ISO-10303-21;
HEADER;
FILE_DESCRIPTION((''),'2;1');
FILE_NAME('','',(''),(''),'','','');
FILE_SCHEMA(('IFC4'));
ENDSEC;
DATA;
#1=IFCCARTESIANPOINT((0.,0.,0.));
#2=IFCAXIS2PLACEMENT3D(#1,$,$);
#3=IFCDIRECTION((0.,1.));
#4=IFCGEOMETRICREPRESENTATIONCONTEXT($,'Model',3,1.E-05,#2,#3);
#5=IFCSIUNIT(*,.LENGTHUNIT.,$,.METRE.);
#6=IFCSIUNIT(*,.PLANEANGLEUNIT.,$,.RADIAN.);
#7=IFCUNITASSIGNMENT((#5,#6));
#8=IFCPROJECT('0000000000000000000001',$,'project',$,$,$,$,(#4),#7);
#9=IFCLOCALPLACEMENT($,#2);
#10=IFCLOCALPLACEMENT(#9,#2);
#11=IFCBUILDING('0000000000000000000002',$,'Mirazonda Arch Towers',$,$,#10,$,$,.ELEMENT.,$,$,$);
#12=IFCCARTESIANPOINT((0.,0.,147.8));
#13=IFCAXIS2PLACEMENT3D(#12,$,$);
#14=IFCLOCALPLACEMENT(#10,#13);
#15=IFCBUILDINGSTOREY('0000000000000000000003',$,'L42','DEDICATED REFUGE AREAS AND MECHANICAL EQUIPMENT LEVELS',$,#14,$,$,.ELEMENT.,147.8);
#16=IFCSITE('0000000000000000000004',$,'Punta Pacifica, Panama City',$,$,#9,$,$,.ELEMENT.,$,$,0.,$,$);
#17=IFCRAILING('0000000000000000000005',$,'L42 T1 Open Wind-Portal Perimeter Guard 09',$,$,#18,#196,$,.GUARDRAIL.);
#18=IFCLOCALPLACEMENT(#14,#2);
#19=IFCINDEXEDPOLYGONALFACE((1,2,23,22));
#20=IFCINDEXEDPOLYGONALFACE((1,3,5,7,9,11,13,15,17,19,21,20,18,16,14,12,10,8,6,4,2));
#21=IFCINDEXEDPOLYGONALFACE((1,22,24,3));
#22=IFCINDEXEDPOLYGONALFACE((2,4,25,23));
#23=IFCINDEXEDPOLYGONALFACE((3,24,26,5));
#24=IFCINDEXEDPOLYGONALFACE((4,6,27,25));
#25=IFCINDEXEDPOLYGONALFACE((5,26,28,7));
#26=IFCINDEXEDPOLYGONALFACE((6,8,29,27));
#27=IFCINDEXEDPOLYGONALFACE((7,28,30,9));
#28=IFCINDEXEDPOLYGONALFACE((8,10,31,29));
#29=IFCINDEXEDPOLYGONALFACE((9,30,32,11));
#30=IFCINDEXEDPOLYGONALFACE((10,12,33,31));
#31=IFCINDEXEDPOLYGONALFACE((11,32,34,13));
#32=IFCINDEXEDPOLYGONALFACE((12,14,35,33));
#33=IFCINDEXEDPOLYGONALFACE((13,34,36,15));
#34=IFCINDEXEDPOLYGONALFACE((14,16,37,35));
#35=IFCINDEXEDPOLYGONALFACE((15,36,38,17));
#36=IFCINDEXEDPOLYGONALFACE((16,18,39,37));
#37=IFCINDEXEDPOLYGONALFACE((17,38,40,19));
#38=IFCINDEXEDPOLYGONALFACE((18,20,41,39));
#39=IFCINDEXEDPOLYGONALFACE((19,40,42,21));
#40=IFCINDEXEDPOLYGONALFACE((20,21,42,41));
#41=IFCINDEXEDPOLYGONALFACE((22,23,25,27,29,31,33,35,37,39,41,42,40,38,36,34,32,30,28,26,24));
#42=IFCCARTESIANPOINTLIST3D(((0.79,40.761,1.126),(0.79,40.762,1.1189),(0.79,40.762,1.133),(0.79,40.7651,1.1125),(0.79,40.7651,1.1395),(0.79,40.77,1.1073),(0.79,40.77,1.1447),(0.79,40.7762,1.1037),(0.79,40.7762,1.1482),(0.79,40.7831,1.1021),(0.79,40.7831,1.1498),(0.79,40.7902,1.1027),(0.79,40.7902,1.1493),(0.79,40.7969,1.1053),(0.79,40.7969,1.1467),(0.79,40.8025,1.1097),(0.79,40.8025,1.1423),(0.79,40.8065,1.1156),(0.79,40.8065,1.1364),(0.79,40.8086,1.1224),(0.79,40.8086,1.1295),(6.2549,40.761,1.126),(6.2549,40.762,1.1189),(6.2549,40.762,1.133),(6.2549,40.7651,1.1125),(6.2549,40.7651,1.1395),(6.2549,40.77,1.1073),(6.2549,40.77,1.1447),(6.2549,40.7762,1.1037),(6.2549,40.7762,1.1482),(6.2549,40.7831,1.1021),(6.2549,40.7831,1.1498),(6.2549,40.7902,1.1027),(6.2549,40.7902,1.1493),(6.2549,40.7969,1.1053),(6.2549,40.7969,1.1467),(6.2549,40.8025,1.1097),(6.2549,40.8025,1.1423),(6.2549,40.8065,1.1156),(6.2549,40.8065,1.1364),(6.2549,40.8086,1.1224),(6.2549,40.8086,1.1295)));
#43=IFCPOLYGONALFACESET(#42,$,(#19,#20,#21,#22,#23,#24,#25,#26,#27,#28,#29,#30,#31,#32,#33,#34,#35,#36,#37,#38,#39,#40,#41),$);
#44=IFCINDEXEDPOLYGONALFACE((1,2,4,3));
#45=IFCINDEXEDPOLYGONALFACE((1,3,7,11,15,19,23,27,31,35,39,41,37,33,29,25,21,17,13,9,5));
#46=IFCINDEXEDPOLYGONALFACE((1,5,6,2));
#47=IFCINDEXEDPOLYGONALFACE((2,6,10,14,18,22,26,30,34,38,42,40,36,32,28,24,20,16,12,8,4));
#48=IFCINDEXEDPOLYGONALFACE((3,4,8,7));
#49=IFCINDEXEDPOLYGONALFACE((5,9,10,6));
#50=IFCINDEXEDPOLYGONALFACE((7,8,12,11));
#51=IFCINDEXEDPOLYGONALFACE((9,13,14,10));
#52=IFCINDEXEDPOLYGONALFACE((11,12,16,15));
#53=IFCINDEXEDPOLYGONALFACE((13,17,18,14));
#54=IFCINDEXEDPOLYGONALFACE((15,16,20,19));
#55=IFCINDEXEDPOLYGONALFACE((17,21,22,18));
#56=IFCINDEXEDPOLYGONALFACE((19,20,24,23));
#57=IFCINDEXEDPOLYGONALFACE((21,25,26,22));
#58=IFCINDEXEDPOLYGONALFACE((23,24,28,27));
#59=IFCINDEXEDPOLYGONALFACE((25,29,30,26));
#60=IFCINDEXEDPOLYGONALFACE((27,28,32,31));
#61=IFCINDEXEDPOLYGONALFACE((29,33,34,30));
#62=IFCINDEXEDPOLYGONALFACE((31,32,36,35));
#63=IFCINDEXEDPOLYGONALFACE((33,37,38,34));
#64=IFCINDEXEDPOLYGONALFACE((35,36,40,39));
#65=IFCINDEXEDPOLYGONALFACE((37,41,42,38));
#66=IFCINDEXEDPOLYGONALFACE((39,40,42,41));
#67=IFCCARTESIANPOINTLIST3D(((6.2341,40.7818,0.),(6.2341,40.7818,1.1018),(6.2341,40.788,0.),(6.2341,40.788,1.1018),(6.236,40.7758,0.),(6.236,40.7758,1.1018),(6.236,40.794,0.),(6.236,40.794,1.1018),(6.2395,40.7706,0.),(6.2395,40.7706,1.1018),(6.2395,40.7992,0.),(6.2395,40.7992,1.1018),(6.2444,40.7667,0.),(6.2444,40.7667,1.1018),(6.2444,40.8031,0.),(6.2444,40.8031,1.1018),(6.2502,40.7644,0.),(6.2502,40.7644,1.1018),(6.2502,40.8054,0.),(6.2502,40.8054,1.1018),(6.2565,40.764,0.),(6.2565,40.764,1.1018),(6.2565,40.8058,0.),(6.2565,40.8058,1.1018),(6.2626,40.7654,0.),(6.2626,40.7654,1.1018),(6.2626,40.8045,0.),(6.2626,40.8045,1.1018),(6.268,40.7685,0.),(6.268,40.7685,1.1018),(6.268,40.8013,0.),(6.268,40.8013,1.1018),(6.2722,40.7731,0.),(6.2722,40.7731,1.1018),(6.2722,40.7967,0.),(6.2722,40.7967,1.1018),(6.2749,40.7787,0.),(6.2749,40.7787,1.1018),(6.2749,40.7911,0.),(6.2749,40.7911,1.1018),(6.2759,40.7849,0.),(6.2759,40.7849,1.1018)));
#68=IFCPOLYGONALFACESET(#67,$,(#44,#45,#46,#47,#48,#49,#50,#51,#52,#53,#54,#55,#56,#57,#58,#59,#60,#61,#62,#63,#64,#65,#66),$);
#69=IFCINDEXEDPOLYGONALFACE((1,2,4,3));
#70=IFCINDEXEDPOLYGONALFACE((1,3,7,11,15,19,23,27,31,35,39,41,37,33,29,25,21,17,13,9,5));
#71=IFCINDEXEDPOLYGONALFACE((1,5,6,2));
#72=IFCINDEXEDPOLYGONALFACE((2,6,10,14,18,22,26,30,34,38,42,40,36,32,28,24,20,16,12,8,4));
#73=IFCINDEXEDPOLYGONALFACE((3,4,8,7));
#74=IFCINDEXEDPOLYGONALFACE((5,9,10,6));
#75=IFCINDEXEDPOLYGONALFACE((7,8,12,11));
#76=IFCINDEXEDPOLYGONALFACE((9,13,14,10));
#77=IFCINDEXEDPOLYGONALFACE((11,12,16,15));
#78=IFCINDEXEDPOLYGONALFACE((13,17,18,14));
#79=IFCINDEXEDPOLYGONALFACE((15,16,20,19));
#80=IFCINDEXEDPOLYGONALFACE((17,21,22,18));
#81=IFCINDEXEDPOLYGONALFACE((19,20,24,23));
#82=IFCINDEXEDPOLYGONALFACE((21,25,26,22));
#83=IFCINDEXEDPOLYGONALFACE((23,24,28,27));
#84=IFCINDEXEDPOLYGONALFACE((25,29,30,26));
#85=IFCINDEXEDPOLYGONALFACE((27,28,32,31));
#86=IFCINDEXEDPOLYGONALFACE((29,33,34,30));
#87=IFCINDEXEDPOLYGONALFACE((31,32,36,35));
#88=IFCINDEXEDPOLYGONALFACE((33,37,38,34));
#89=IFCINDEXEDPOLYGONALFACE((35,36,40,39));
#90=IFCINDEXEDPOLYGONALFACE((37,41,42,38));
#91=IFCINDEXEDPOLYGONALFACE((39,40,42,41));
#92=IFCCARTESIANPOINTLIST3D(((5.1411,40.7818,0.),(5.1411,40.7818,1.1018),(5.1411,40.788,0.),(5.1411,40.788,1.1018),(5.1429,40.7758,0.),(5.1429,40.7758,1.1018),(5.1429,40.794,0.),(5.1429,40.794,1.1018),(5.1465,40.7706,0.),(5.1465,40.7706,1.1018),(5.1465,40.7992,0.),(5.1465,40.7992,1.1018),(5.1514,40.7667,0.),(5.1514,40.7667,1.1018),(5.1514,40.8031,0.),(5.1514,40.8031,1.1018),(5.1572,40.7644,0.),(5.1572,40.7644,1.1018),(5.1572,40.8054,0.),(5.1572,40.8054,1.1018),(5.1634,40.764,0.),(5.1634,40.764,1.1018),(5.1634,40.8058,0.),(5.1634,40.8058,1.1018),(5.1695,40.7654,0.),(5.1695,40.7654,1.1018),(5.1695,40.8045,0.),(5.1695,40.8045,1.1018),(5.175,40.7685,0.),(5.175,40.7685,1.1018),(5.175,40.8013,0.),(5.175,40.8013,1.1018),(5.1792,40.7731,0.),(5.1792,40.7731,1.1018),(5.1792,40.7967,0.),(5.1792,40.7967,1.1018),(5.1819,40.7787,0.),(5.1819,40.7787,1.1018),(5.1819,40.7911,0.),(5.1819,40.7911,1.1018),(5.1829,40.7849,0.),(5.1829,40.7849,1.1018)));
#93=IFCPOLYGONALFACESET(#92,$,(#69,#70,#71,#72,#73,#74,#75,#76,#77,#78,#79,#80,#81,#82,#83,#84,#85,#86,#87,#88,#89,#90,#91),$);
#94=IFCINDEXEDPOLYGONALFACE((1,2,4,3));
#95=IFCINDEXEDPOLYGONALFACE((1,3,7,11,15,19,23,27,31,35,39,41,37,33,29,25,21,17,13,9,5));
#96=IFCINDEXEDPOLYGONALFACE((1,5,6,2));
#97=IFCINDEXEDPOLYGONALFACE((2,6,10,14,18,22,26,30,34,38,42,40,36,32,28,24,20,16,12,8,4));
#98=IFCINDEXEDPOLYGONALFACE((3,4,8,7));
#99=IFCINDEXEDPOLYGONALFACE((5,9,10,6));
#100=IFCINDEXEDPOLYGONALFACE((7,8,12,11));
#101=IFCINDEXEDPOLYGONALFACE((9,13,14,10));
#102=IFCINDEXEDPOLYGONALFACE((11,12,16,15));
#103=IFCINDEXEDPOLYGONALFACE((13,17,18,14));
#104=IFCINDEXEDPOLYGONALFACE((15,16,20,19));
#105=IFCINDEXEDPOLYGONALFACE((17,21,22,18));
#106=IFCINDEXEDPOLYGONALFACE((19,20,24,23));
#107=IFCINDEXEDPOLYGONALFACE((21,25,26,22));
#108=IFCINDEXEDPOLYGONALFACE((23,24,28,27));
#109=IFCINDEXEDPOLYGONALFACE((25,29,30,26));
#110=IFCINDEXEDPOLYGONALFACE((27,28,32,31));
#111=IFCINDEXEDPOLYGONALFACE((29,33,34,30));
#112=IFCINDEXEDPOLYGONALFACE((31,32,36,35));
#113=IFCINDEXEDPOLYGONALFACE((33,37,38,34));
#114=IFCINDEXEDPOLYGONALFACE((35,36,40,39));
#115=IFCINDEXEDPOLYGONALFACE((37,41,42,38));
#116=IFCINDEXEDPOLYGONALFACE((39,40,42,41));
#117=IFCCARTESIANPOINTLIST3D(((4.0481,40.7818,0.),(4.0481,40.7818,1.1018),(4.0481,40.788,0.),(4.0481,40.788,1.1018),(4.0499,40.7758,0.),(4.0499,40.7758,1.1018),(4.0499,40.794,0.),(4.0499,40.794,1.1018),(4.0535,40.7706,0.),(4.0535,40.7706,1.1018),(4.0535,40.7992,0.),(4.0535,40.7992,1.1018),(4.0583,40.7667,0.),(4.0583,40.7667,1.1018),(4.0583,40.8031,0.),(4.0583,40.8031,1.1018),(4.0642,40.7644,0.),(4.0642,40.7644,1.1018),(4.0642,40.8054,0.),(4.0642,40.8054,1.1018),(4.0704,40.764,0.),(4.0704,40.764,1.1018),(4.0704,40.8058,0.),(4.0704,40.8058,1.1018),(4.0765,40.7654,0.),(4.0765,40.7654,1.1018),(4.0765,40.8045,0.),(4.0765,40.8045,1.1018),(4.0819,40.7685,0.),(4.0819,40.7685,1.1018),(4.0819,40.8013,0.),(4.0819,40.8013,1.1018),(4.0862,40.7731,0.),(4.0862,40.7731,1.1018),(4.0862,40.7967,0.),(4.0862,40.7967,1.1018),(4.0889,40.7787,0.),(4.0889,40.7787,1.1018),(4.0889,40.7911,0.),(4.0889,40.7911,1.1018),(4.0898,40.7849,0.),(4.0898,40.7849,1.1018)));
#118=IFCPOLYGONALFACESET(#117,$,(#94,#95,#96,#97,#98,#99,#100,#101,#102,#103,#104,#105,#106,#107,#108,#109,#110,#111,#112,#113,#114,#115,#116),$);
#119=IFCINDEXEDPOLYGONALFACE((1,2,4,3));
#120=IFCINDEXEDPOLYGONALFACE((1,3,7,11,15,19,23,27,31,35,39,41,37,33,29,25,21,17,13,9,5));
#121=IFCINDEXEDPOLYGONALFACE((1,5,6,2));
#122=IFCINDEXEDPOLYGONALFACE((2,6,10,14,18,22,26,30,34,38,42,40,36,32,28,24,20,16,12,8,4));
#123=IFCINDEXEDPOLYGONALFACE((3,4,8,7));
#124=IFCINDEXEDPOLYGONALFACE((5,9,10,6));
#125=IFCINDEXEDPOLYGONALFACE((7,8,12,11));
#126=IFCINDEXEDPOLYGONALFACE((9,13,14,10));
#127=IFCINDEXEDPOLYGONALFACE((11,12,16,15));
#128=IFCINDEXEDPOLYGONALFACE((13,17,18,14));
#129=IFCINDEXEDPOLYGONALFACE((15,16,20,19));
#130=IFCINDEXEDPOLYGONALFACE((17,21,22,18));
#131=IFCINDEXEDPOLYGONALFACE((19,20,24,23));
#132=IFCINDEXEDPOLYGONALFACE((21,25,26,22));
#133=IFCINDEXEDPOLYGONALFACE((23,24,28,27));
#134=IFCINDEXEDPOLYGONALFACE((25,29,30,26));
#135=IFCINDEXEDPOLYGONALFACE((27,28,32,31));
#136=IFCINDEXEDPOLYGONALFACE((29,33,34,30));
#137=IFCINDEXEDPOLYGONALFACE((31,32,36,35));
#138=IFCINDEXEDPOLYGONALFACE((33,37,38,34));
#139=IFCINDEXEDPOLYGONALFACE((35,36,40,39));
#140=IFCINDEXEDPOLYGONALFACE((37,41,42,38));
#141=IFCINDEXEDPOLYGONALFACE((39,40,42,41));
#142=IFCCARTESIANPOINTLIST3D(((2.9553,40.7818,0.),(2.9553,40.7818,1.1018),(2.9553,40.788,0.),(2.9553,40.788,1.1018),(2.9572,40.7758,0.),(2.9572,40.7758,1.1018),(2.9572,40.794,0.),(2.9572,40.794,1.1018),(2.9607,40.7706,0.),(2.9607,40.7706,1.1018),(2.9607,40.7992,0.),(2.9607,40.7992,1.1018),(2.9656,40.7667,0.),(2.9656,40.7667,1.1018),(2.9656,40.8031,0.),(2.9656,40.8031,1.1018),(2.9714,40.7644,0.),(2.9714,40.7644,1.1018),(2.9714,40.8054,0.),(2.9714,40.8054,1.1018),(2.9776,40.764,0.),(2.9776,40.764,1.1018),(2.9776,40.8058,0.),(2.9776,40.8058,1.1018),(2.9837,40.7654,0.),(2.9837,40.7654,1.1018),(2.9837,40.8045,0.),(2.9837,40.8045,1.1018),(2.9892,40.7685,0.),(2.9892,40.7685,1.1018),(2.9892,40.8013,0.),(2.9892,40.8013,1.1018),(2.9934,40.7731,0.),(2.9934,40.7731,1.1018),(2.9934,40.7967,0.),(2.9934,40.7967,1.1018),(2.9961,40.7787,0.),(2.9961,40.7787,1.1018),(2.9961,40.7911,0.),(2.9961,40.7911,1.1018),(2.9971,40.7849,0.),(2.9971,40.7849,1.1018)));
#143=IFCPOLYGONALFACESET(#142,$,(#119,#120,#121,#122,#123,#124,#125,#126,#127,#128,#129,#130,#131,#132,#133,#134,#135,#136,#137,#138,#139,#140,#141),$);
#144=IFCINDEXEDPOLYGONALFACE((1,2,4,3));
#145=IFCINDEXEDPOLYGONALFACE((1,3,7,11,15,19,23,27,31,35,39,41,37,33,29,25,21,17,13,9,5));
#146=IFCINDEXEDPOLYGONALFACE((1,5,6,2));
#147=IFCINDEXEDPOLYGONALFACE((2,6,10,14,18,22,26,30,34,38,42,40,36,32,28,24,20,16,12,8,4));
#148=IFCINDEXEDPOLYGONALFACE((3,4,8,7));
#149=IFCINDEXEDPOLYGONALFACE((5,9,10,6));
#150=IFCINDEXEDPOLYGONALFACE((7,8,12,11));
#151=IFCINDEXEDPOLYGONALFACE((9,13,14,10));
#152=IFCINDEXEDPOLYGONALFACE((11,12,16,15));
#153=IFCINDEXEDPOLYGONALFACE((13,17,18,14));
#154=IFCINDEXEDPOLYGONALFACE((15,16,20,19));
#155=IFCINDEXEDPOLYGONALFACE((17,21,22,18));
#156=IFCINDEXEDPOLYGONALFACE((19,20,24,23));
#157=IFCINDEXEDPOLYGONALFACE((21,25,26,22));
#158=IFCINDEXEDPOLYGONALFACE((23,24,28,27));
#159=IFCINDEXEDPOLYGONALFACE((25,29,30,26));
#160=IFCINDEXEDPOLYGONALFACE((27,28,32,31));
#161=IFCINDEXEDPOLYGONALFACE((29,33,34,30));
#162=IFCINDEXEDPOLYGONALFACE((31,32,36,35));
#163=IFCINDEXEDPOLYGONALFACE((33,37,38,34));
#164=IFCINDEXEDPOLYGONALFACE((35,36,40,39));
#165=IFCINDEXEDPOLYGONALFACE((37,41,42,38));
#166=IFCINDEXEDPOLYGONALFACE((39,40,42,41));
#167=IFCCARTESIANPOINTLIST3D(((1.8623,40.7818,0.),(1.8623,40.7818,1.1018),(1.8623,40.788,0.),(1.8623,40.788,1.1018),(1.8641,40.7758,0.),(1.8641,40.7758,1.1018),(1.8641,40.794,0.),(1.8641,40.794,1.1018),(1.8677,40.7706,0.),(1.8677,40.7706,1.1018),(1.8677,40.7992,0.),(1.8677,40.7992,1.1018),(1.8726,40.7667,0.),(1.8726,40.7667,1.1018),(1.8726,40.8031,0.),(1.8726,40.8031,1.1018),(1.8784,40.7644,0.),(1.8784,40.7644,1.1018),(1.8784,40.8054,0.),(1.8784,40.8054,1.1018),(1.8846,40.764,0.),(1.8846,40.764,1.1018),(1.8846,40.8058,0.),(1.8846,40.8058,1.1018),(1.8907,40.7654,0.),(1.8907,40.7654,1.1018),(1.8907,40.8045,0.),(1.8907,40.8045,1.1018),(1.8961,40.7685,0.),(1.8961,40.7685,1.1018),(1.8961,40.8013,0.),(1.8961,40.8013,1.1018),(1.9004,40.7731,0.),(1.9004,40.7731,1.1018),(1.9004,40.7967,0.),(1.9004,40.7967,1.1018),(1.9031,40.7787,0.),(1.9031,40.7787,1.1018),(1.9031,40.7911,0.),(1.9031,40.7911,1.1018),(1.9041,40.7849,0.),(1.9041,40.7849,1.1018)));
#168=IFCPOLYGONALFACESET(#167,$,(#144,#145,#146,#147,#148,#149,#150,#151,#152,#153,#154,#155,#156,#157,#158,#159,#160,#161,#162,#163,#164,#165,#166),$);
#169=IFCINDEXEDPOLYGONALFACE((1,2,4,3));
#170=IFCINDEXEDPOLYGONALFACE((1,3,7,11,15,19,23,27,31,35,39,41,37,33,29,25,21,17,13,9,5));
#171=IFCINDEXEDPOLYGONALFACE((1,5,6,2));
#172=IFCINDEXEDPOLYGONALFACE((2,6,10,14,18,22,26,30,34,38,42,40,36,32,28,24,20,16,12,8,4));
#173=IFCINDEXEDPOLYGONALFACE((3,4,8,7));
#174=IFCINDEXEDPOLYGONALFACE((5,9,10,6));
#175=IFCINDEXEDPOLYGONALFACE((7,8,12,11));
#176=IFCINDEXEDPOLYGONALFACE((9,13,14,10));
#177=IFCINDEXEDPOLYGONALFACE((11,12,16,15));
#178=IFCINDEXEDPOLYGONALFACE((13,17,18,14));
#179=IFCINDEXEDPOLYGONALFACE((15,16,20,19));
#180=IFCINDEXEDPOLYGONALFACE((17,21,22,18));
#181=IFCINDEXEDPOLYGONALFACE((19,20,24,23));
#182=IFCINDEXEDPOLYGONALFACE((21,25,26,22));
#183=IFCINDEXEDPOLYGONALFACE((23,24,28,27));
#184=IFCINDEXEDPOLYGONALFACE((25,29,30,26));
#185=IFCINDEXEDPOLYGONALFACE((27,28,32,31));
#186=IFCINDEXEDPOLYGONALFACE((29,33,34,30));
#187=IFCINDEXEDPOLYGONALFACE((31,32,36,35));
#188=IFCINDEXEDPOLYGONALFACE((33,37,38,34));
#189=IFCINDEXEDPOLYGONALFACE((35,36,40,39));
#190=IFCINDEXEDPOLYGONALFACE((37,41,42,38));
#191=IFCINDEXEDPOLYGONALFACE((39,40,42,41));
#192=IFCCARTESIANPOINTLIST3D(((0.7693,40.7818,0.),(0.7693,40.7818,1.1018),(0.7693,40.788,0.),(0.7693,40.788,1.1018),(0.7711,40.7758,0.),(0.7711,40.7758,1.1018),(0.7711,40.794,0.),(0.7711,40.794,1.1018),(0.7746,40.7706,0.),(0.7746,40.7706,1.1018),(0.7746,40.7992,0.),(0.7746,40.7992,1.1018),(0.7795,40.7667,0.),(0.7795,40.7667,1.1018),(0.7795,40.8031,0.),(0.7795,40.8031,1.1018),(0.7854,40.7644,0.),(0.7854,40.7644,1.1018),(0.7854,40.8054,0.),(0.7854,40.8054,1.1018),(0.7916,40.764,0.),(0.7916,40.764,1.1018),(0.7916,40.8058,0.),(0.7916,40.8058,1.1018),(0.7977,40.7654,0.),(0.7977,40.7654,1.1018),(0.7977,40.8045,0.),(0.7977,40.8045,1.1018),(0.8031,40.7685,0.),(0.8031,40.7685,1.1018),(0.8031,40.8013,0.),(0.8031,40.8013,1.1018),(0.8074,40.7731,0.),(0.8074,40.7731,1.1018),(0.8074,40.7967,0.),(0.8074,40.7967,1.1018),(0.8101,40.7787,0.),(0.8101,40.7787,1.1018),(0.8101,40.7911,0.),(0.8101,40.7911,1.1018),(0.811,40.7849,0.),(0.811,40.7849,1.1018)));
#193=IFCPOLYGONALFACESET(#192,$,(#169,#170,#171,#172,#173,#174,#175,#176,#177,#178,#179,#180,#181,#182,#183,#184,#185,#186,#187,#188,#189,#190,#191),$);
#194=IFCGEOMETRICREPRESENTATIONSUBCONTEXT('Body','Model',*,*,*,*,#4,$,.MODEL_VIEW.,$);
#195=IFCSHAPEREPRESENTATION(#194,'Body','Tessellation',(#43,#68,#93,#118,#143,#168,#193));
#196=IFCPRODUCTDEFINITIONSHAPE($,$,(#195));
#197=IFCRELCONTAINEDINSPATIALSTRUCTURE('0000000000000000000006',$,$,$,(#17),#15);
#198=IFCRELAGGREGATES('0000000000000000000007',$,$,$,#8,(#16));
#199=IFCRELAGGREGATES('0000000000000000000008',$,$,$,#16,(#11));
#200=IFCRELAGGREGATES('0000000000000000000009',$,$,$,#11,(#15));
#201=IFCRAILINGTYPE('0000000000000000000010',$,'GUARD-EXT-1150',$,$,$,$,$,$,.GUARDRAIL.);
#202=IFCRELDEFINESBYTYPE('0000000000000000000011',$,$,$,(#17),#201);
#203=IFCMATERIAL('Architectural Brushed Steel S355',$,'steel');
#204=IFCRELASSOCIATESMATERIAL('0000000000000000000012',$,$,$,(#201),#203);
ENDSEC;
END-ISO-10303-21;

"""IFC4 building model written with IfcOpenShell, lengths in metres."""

from ifc_helpers import new_model, si_unit, direction, frame, origin, origin_2d, place, context, subcontext, project, spatial, circle, extrude, material, type_object, element, save


model = new_model("IFC4")

# Units and contexts
model_context = context("Model", 3, precision=1e-05, world=origin(), true_north=direction((0.0, 1.0)))
body_context = subcontext(model_context, "Body", "Model", "MODEL_VIEW")
ifc_project = project(units=[si_unit("LENGTHUNIT", "METRE"), si_unit("PLANEANGLEUNIT", "RADIAN")], contexts=[model_context])

# Site, building, storey
site_placement = place(None, origin())
site = spatial("IfcSite", under=ifc_project, at=site_placement, Name="Punta Pacifica, Panama City", CompositionType="ELEMENT", RefElevation=0.0)
building_placement = place(site_placement, origin())
building = spatial("IfcBuilding", under=site, at=building_placement, Name="Mirazonda Arch Towers", CompositionType="ELEMENT")
storey_placement = place(building_placement, frame((0.0, 0.0, 147.8)))
storey = spatial("IfcBuildingStorey", under=building, at=storey_placement, Name="L42", Description="DEDICATED REFUGE AREAS AND MECHANICAL EQUIPMENT LEVELS", CompositionType="ELEMENT", Elevation=147.8)

# Railing
ifc_material_1 = material(Name="Architectural Brushed Steel S355", Category="steel")
railing_type = type_object("IfcRailingType", Name="GUARD-EXT-1150", PredefinedType="GUARDRAIL", material=ifc_material_1)
railing_1_placement = place(storey_placement, frame((6.2549, 40.7849, 0.0)))
element("IfcRailing", 1, at=railing_1_placement, inside=storey, type_object=railing_type, Name="L42 T1 Open Wind-Portal Perimeter Guard 09", PredefinedType="GUARDRAIL", context=body_context, shape_type="SweptSolid", body=[
    extrude(circle(Radius=0.0239, at=origin_2d()), frame((0.0, 0.0, 1.126), z_axis=(-1.0, 0.0, 0.0), x_axis=(0.0, -1.0, 0.0)), (0.0, 0.0, 1.0), 5.4648),
    extrude(circle(Radius=0.021, at=origin_2d()), origin(), (0.0, 0.0, 1.0), 1.1018),
    extrude(circle(Radius=0.021, at=origin_2d()), frame((-1.093, 0.0, 0.0)), (0.0, 0.0, 1.0), 1.1018),
    extrude(circle(Radius=0.021, at=origin_2d()), frame((-2.186, 0.0, 0.0)), (0.0, 0.0, 1.0), 1.1018),
    extrude(circle(Radius=0.021, at=origin_2d()), frame((-3.2788, 0.0, 0.0)), (0.0, 0.0, 1.0), 1.1018),
    extrude(circle(Radius=0.021, at=origin_2d()), frame((-4.3718, 0.0, 0.0)), (0.0, 0.0, 1.0), 1.1018),
    extrude(circle(Radius=0.021, at=origin_2d()), frame((-5.4648, 0.0, 0.0)), (0.0, 0.0, 1.0), 1.1018),
])

save(model, "model.ifc")
